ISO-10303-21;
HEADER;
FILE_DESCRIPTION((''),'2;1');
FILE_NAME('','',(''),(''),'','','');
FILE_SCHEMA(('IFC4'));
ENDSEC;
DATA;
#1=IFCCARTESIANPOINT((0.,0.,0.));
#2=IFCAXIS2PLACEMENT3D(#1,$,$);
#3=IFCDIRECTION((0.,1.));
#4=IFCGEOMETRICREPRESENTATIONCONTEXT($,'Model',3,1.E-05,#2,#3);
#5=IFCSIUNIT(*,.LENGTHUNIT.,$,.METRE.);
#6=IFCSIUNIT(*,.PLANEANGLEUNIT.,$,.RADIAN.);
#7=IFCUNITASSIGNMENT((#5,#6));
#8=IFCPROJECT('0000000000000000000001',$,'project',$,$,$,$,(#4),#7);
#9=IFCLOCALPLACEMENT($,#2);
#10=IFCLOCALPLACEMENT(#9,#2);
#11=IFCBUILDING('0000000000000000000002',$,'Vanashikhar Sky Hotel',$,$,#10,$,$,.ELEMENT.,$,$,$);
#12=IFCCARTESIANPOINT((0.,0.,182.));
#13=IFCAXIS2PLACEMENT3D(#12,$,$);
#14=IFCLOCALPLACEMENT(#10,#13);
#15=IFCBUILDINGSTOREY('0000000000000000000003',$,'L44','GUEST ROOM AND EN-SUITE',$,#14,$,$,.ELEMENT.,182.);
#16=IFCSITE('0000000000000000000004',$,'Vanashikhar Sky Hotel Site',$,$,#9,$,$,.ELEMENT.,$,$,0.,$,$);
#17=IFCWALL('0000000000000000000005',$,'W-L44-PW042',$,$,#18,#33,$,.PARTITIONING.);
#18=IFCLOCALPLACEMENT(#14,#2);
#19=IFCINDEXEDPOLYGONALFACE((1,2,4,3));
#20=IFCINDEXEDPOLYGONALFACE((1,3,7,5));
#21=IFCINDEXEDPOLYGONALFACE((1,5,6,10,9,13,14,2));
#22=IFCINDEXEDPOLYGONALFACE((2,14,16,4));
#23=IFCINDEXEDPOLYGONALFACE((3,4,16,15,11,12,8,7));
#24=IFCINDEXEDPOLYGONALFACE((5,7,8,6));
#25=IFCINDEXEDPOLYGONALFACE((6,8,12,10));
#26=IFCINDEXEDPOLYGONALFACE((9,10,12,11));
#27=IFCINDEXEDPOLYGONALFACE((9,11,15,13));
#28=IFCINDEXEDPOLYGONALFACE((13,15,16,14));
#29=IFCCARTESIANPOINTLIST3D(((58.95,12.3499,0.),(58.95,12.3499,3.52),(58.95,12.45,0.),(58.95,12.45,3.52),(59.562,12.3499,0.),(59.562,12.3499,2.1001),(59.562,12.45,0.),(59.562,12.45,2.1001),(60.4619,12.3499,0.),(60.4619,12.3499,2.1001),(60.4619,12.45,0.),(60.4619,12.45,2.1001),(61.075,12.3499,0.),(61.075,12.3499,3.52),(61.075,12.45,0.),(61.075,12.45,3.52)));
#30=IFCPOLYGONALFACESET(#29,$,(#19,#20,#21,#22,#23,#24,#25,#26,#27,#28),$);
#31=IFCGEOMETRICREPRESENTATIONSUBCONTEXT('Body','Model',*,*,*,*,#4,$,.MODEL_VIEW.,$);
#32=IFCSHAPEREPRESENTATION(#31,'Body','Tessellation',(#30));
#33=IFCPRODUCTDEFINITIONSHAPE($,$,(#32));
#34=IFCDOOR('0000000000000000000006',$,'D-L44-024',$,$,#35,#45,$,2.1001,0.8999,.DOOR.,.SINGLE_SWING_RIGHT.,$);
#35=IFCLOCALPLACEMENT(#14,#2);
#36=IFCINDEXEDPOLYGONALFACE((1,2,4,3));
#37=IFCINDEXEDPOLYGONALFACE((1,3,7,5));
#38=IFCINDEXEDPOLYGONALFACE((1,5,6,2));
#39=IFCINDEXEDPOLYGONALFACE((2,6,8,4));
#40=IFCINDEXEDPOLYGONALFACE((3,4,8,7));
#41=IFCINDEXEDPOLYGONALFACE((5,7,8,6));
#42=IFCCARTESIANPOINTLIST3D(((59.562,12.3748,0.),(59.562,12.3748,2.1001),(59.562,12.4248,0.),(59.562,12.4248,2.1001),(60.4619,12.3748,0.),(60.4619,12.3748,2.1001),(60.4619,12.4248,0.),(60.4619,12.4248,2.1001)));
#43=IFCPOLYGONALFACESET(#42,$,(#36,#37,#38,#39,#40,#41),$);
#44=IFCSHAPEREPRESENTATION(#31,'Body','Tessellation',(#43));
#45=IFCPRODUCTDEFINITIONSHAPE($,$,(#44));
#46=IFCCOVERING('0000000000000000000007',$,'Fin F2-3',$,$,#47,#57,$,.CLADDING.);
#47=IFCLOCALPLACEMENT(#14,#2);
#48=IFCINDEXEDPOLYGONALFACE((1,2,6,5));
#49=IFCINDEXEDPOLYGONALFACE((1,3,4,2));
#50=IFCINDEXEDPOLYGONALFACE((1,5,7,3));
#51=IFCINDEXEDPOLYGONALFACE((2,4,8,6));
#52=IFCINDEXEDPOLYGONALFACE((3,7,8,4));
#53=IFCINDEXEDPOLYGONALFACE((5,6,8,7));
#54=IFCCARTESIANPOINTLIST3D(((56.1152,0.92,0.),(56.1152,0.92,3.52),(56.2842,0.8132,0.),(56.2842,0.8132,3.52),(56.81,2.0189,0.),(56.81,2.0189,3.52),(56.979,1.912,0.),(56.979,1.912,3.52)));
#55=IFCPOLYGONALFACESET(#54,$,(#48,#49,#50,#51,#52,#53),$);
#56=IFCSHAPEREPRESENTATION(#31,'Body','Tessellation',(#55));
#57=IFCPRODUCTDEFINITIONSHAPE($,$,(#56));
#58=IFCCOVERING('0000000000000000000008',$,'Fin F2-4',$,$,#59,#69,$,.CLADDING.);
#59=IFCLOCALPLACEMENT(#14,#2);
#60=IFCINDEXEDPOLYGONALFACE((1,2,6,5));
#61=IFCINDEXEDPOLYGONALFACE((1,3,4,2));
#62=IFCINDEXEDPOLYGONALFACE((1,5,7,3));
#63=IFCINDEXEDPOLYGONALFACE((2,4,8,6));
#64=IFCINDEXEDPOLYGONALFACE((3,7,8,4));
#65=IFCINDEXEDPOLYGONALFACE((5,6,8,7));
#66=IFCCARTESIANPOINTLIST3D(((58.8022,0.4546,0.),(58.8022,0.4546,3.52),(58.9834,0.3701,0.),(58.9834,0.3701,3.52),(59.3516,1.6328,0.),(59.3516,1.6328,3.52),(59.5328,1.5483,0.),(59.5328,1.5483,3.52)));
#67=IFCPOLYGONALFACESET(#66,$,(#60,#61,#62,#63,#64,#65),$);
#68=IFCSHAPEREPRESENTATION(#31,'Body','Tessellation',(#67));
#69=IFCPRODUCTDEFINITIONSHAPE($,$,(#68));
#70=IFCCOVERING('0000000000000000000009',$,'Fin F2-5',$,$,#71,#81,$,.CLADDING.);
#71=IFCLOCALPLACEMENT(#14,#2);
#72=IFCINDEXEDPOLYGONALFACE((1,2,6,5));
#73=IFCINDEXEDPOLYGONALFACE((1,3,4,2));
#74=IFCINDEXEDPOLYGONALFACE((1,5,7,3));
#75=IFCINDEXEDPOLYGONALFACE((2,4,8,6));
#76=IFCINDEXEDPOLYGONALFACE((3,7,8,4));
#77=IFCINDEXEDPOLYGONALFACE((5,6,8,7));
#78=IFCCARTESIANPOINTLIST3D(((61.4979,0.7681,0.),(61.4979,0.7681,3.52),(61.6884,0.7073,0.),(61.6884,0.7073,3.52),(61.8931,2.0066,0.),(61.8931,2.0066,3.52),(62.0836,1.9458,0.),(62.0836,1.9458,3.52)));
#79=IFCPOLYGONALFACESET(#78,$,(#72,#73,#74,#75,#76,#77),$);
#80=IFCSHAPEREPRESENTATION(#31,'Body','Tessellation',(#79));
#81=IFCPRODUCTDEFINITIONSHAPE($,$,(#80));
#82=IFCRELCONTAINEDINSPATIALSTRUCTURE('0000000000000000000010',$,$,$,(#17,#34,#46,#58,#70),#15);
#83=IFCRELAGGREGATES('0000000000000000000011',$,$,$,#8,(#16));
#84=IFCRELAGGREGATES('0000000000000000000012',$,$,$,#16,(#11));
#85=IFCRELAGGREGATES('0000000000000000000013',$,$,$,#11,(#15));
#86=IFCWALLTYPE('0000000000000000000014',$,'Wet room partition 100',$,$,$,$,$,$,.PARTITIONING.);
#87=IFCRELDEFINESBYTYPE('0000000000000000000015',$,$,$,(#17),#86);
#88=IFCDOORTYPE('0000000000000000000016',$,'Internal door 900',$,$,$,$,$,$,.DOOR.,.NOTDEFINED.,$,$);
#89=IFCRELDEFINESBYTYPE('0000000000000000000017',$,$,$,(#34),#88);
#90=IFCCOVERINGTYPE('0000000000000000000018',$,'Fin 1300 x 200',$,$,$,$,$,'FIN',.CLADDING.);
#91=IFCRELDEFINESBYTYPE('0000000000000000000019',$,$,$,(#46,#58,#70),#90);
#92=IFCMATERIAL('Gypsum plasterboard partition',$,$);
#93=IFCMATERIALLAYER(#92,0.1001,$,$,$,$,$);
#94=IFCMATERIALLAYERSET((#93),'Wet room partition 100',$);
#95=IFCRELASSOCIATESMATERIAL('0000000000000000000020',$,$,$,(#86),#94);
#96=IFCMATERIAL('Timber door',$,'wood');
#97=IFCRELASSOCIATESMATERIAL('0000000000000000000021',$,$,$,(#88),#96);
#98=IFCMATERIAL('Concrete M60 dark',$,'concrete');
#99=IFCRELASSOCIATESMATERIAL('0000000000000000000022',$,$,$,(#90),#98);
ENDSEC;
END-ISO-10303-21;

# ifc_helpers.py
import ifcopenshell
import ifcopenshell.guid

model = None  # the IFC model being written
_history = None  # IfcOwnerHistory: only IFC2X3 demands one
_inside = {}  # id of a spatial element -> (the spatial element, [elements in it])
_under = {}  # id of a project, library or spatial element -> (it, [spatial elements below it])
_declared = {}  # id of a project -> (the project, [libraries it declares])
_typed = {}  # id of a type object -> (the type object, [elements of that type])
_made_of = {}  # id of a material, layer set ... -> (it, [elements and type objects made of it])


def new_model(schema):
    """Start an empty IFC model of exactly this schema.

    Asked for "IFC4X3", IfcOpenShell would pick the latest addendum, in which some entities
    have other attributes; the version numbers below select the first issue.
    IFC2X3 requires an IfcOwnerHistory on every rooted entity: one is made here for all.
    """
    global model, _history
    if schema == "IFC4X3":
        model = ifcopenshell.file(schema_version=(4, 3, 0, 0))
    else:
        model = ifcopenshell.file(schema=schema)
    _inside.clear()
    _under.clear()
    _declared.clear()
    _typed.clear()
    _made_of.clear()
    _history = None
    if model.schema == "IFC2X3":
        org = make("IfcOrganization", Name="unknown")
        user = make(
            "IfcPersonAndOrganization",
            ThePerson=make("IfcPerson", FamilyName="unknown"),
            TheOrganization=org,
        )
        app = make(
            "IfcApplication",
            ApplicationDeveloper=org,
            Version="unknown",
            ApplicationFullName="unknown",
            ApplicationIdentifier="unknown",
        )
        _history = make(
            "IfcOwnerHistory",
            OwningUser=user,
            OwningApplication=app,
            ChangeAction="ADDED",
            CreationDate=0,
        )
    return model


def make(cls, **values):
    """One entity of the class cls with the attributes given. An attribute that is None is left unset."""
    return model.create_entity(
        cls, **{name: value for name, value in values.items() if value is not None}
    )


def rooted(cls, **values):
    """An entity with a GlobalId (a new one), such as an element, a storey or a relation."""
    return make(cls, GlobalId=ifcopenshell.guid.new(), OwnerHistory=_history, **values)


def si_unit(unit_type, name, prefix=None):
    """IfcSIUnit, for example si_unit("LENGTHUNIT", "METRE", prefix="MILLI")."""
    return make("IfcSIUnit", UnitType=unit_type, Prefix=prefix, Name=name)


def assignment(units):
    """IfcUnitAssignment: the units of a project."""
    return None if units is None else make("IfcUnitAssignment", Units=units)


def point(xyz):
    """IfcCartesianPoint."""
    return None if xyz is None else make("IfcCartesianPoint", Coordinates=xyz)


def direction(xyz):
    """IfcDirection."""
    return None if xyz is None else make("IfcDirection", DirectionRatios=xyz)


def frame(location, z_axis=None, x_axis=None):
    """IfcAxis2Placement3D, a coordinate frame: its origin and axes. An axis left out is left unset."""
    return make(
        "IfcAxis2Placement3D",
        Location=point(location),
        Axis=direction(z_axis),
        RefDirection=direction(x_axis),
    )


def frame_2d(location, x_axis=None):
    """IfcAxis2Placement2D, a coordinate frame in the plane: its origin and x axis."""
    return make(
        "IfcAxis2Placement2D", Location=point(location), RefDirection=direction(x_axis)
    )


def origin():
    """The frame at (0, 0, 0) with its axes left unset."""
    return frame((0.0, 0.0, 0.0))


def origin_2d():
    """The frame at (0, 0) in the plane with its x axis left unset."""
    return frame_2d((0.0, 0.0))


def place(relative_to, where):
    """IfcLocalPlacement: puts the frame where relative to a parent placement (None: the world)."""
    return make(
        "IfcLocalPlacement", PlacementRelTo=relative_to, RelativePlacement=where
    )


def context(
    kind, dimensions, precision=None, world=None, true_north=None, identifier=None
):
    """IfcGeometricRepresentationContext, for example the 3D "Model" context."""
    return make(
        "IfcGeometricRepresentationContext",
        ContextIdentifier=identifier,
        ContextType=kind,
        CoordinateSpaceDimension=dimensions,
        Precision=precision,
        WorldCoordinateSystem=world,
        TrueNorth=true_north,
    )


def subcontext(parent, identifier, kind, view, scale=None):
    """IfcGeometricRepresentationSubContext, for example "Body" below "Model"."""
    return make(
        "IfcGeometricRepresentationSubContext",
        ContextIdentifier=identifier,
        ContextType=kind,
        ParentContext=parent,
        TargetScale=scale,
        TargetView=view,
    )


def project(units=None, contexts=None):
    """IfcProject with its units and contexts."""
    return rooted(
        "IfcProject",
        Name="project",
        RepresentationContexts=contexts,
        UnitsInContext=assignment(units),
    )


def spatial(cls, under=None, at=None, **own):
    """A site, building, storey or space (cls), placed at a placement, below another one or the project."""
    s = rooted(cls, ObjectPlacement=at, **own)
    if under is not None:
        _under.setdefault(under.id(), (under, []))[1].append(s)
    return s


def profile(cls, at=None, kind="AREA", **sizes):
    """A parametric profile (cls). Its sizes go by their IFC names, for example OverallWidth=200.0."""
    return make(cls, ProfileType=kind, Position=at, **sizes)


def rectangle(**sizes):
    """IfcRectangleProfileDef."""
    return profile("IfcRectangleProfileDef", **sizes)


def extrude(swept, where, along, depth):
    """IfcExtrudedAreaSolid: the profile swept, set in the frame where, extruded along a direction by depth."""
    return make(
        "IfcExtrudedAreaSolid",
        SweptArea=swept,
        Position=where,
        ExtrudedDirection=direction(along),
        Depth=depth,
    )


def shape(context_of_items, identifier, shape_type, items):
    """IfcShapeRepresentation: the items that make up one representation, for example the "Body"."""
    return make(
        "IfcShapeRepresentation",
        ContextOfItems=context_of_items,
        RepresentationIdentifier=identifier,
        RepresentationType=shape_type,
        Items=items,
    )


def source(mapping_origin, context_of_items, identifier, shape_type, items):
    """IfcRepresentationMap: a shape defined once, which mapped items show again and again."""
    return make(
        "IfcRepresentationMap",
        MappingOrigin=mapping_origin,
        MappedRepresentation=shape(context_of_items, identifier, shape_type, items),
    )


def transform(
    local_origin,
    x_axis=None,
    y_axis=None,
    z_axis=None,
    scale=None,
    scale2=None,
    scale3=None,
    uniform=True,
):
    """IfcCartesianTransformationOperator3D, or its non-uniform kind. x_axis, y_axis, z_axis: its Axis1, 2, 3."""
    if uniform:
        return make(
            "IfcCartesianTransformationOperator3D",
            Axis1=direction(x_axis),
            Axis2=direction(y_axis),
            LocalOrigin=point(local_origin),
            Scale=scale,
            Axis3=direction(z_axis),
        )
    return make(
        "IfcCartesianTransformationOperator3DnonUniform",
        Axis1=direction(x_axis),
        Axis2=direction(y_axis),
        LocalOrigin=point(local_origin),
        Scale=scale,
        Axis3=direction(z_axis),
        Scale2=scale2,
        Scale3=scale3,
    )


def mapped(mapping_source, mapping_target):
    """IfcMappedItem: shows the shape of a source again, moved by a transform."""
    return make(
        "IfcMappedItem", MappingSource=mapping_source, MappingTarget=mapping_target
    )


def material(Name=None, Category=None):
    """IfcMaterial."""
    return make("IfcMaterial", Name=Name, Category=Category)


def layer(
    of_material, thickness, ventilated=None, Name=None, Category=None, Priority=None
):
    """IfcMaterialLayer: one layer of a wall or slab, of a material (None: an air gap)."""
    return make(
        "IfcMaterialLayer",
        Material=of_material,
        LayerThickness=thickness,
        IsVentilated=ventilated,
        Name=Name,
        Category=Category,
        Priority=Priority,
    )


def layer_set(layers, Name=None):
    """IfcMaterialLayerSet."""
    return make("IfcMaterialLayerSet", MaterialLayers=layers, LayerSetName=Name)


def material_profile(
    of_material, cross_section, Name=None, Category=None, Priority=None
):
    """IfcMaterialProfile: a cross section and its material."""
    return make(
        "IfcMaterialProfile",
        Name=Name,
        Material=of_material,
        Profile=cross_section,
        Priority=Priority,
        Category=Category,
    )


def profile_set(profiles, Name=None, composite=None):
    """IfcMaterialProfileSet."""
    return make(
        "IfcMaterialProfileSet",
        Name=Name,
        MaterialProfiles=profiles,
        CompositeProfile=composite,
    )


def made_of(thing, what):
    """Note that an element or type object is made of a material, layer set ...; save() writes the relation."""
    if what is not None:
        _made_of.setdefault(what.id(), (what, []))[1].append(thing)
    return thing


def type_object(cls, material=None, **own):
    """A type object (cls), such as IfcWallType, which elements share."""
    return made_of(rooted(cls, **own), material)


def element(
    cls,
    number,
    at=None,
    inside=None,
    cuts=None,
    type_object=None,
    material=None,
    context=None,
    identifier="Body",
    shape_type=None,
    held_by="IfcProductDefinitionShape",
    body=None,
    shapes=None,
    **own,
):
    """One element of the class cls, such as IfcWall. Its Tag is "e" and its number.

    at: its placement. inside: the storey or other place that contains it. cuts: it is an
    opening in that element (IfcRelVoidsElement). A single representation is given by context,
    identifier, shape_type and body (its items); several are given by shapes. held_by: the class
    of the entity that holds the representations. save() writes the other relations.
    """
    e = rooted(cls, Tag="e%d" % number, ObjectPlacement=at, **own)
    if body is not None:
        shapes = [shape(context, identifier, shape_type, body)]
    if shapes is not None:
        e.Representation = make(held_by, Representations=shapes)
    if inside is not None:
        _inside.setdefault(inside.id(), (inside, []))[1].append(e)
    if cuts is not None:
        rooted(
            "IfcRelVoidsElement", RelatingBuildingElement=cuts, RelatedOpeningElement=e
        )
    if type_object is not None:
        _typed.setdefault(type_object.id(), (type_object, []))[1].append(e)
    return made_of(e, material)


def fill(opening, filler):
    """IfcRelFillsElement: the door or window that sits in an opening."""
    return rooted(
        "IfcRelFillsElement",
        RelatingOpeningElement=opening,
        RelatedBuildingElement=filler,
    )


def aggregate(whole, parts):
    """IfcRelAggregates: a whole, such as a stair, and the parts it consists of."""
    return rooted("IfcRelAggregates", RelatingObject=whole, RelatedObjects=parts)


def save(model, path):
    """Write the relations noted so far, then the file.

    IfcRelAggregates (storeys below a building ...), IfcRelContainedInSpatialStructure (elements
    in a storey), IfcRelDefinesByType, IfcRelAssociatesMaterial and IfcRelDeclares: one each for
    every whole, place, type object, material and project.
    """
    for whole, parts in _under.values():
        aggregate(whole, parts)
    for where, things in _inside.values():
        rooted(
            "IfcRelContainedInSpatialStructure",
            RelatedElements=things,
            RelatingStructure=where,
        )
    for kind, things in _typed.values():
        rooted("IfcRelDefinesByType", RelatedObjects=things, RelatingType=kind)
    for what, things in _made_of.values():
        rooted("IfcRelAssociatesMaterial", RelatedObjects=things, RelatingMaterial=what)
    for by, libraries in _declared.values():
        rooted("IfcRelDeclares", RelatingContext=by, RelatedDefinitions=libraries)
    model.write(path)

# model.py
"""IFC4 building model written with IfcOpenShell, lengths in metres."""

from ifc_helpers import new_model, si_unit, direction, frame, frame_2d, origin, origin_2d, place, context, subcontext, project, spatial, rectangle, extrude, source, transform, mapped, material, layer, layer_set, material_profile, profile_set, type_object, element, fill, save


model = new_model("IFC4")

# Units and contexts
model_context = context("Model", 3, precision=1e-05, world=origin(), true_north=direction((0.0, 1.0)))
body_context = subcontext(model_context, "Body", "Model", "MODEL_VIEW")
ifc_project = project(units=[si_unit("LENGTHUNIT", "METRE"), si_unit("PLANEANGLEUNIT", "RADIAN")], contexts=[model_context])

# Site, building, storey
site_placement = place(None, origin())
site = spatial("IfcSite", under=ifc_project, at=site_placement, Name="Vanashikhar Sky Hotel Site", CompositionType="ELEMENT", RefElevation=0.0)
building_placement = place(site_placement, origin())
building = spatial("IfcBuilding", under=site, at=building_placement, Name="Vanashikhar Sky Hotel", CompositionType="ELEMENT")
storey_placement = place(building_placement, frame((0.0, 0.0, 182.0)))
storey = spatial("IfcBuildingStorey", under=building, at=storey_placement, Name="L44", Description="GUEST ROOM AND EN-SUITE", CompositionType="ELEMENT", Elevation=182.0)

# Shared definitions
ifc_material_1 = material(Name="Gypsum plasterboard partition")

# Wall, opening, door
ifc_layer_1 = layer(ifc_material_1, 0.1001)
ifc_layer_set_1 = layer_set([ifc_layer_1], Name="Wet room partition 100")
wall_type_1 = type_object("IfcWallType", Name="Wet room partition 100", PredefinedType="PARTITIONING", material=ifc_layer_set_1)
shared_shape_1 = source(origin(), body_context, "Body", "SweptSolid", [
    extrude(rectangle(XDim=2.125, YDim=0.1001, at=frame_2d((1.0625, 0.0))), origin(), (0.0, 0.0, 1.0), 3.52),
])
wall_1_placement = place(storey_placement, frame((58.95, 12.3999, 0.0), z_axis=(0.0, 0.0, 1.0), x_axis=(1.0, 0.0, 0.0)))
wall_1 = element("IfcWall", 1, at=wall_1_placement, inside=storey, type_object=wall_type_1, Name="W-L44-PW042", PredefinedType="PARTITIONING", context=body_context, shape_type="MappedRepresentation", body=[
    mapped(shared_shape_1, transform((0.0, 0.0, 0.0), scale=1.0)),
])
shared_shape_2 = source(origin(), body_context, "Body", "SweptSolid", [
    extrude(rectangle(XDim=0.8999, YDim=2.1001, at=frame_2d((0.45, 1.05))), frame((0.0, 0.0601, 0.0), z_axis=(0.0, -1.0, 0.0), x_axis=(1.0, 0.0, 0.0)), (0.0, 0.0, 1.0), 0.1201),
])
opening_1_placement = place(wall_1_placement, frame((0.6121, 0.0, 0.0)))
opening_1 = element("IfcOpeningElement", 2, at=opening_1_placement, cuts=wall_1, PredefinedType="OPENING", context=body_context, shape_type="MappedRepresentation", body=[
    mapped(shared_shape_2, transform((0.0, 0.0, 0.0), scale=1.0)),
])
ifc_material_2 = material(Name="Timber door", Category="wood")
door_type = type_object("IfcDoorType", Name="Internal door 900", OperationType="NOTDEFINED", PredefinedType="DOOR", material=ifc_material_2)
shared_shape_3 = source(origin(), body_context, "Body", "SweptSolid", [
    extrude(rectangle(XDim=0.8999, YDim=2.1001, at=frame_2d((0.45, 1.05))), frame((0.0, 0.0249, 0.0), z_axis=(0.0, -1.0, 0.0), x_axis=(1.0, 0.0, 0.0)), (0.0, 0.0, 1.0), 0.05),
])
door_placement = place(opening_1_placement, origin())
door = element("IfcDoor", 3, at=door_placement, inside=storey, type_object=door_type, Name="D-L44-024", OperationType="SINGLE_SWING_RIGHT", OverallHeight=2.1001, OverallWidth=0.8999, PredefinedType="DOOR", context=body_context, shape_type="MappedRepresentation", body=[
    mapped(shared_shape_3, transform((0.0, 0.0, 0.0), scale=1.0)),
])
fill(opening_1, door)

# Coverings
ifc_material_3 = material(Name="Concrete M60 dark", Category="concrete")
ifc_material_profile = material_profile(ifc_material_3, rectangle(XDim=1.3, YDim=0.2, at=origin_2d()))
ifc_profile_set = profile_set([ifc_material_profile], Name="Fin 1300 x 200")
covering_type = type_object("IfcCoveringType", Name="Fin 1300 x 200", ElementType="FIN", PredefinedType="CLADDING", material=ifc_profile_set)
shared_shape_4 = source(origin(), body_context, "Body", "SweptSolid", [
    extrude(rectangle(XDim=1.3, YDim=0.2, at=origin_2d()), origin(), (0.0, 0.0, 1.0), 3.52),
])
for number, where, z_axis, x_axis, name in (
    (4, (56.5471, 1.416, 0.0), (0.0, 0.0, 1.0), (-0.534411, -0.845225, 0.0), "Fin F2-3"),
    (5, (59.1675, 1.0015, 0.0), (0.0, 0.0, 1.0), (-0.422618, -0.906308, 0.0), "Fin F2-4"),
    (6, (61.7908, 1.3569, 0.0), (0.0, 0.0, 1.0), (-0.303967, -0.952683, 0.0), "Fin F2-5"),
):
    element("IfcCovering", number, at=place(storey_placement, frame(where, z_axis=z_axis, x_axis=x_axis)), inside=storey, type_object=covering_type, Name=name, PredefinedType="CLADDING", context=body_context, shape_type="MappedRepresentation", body=[
        mapped(shared_shape_4, transform((0.0, 0.0, 0.0), scale=1.0)),
    ])

save(model, "model.ifc")
